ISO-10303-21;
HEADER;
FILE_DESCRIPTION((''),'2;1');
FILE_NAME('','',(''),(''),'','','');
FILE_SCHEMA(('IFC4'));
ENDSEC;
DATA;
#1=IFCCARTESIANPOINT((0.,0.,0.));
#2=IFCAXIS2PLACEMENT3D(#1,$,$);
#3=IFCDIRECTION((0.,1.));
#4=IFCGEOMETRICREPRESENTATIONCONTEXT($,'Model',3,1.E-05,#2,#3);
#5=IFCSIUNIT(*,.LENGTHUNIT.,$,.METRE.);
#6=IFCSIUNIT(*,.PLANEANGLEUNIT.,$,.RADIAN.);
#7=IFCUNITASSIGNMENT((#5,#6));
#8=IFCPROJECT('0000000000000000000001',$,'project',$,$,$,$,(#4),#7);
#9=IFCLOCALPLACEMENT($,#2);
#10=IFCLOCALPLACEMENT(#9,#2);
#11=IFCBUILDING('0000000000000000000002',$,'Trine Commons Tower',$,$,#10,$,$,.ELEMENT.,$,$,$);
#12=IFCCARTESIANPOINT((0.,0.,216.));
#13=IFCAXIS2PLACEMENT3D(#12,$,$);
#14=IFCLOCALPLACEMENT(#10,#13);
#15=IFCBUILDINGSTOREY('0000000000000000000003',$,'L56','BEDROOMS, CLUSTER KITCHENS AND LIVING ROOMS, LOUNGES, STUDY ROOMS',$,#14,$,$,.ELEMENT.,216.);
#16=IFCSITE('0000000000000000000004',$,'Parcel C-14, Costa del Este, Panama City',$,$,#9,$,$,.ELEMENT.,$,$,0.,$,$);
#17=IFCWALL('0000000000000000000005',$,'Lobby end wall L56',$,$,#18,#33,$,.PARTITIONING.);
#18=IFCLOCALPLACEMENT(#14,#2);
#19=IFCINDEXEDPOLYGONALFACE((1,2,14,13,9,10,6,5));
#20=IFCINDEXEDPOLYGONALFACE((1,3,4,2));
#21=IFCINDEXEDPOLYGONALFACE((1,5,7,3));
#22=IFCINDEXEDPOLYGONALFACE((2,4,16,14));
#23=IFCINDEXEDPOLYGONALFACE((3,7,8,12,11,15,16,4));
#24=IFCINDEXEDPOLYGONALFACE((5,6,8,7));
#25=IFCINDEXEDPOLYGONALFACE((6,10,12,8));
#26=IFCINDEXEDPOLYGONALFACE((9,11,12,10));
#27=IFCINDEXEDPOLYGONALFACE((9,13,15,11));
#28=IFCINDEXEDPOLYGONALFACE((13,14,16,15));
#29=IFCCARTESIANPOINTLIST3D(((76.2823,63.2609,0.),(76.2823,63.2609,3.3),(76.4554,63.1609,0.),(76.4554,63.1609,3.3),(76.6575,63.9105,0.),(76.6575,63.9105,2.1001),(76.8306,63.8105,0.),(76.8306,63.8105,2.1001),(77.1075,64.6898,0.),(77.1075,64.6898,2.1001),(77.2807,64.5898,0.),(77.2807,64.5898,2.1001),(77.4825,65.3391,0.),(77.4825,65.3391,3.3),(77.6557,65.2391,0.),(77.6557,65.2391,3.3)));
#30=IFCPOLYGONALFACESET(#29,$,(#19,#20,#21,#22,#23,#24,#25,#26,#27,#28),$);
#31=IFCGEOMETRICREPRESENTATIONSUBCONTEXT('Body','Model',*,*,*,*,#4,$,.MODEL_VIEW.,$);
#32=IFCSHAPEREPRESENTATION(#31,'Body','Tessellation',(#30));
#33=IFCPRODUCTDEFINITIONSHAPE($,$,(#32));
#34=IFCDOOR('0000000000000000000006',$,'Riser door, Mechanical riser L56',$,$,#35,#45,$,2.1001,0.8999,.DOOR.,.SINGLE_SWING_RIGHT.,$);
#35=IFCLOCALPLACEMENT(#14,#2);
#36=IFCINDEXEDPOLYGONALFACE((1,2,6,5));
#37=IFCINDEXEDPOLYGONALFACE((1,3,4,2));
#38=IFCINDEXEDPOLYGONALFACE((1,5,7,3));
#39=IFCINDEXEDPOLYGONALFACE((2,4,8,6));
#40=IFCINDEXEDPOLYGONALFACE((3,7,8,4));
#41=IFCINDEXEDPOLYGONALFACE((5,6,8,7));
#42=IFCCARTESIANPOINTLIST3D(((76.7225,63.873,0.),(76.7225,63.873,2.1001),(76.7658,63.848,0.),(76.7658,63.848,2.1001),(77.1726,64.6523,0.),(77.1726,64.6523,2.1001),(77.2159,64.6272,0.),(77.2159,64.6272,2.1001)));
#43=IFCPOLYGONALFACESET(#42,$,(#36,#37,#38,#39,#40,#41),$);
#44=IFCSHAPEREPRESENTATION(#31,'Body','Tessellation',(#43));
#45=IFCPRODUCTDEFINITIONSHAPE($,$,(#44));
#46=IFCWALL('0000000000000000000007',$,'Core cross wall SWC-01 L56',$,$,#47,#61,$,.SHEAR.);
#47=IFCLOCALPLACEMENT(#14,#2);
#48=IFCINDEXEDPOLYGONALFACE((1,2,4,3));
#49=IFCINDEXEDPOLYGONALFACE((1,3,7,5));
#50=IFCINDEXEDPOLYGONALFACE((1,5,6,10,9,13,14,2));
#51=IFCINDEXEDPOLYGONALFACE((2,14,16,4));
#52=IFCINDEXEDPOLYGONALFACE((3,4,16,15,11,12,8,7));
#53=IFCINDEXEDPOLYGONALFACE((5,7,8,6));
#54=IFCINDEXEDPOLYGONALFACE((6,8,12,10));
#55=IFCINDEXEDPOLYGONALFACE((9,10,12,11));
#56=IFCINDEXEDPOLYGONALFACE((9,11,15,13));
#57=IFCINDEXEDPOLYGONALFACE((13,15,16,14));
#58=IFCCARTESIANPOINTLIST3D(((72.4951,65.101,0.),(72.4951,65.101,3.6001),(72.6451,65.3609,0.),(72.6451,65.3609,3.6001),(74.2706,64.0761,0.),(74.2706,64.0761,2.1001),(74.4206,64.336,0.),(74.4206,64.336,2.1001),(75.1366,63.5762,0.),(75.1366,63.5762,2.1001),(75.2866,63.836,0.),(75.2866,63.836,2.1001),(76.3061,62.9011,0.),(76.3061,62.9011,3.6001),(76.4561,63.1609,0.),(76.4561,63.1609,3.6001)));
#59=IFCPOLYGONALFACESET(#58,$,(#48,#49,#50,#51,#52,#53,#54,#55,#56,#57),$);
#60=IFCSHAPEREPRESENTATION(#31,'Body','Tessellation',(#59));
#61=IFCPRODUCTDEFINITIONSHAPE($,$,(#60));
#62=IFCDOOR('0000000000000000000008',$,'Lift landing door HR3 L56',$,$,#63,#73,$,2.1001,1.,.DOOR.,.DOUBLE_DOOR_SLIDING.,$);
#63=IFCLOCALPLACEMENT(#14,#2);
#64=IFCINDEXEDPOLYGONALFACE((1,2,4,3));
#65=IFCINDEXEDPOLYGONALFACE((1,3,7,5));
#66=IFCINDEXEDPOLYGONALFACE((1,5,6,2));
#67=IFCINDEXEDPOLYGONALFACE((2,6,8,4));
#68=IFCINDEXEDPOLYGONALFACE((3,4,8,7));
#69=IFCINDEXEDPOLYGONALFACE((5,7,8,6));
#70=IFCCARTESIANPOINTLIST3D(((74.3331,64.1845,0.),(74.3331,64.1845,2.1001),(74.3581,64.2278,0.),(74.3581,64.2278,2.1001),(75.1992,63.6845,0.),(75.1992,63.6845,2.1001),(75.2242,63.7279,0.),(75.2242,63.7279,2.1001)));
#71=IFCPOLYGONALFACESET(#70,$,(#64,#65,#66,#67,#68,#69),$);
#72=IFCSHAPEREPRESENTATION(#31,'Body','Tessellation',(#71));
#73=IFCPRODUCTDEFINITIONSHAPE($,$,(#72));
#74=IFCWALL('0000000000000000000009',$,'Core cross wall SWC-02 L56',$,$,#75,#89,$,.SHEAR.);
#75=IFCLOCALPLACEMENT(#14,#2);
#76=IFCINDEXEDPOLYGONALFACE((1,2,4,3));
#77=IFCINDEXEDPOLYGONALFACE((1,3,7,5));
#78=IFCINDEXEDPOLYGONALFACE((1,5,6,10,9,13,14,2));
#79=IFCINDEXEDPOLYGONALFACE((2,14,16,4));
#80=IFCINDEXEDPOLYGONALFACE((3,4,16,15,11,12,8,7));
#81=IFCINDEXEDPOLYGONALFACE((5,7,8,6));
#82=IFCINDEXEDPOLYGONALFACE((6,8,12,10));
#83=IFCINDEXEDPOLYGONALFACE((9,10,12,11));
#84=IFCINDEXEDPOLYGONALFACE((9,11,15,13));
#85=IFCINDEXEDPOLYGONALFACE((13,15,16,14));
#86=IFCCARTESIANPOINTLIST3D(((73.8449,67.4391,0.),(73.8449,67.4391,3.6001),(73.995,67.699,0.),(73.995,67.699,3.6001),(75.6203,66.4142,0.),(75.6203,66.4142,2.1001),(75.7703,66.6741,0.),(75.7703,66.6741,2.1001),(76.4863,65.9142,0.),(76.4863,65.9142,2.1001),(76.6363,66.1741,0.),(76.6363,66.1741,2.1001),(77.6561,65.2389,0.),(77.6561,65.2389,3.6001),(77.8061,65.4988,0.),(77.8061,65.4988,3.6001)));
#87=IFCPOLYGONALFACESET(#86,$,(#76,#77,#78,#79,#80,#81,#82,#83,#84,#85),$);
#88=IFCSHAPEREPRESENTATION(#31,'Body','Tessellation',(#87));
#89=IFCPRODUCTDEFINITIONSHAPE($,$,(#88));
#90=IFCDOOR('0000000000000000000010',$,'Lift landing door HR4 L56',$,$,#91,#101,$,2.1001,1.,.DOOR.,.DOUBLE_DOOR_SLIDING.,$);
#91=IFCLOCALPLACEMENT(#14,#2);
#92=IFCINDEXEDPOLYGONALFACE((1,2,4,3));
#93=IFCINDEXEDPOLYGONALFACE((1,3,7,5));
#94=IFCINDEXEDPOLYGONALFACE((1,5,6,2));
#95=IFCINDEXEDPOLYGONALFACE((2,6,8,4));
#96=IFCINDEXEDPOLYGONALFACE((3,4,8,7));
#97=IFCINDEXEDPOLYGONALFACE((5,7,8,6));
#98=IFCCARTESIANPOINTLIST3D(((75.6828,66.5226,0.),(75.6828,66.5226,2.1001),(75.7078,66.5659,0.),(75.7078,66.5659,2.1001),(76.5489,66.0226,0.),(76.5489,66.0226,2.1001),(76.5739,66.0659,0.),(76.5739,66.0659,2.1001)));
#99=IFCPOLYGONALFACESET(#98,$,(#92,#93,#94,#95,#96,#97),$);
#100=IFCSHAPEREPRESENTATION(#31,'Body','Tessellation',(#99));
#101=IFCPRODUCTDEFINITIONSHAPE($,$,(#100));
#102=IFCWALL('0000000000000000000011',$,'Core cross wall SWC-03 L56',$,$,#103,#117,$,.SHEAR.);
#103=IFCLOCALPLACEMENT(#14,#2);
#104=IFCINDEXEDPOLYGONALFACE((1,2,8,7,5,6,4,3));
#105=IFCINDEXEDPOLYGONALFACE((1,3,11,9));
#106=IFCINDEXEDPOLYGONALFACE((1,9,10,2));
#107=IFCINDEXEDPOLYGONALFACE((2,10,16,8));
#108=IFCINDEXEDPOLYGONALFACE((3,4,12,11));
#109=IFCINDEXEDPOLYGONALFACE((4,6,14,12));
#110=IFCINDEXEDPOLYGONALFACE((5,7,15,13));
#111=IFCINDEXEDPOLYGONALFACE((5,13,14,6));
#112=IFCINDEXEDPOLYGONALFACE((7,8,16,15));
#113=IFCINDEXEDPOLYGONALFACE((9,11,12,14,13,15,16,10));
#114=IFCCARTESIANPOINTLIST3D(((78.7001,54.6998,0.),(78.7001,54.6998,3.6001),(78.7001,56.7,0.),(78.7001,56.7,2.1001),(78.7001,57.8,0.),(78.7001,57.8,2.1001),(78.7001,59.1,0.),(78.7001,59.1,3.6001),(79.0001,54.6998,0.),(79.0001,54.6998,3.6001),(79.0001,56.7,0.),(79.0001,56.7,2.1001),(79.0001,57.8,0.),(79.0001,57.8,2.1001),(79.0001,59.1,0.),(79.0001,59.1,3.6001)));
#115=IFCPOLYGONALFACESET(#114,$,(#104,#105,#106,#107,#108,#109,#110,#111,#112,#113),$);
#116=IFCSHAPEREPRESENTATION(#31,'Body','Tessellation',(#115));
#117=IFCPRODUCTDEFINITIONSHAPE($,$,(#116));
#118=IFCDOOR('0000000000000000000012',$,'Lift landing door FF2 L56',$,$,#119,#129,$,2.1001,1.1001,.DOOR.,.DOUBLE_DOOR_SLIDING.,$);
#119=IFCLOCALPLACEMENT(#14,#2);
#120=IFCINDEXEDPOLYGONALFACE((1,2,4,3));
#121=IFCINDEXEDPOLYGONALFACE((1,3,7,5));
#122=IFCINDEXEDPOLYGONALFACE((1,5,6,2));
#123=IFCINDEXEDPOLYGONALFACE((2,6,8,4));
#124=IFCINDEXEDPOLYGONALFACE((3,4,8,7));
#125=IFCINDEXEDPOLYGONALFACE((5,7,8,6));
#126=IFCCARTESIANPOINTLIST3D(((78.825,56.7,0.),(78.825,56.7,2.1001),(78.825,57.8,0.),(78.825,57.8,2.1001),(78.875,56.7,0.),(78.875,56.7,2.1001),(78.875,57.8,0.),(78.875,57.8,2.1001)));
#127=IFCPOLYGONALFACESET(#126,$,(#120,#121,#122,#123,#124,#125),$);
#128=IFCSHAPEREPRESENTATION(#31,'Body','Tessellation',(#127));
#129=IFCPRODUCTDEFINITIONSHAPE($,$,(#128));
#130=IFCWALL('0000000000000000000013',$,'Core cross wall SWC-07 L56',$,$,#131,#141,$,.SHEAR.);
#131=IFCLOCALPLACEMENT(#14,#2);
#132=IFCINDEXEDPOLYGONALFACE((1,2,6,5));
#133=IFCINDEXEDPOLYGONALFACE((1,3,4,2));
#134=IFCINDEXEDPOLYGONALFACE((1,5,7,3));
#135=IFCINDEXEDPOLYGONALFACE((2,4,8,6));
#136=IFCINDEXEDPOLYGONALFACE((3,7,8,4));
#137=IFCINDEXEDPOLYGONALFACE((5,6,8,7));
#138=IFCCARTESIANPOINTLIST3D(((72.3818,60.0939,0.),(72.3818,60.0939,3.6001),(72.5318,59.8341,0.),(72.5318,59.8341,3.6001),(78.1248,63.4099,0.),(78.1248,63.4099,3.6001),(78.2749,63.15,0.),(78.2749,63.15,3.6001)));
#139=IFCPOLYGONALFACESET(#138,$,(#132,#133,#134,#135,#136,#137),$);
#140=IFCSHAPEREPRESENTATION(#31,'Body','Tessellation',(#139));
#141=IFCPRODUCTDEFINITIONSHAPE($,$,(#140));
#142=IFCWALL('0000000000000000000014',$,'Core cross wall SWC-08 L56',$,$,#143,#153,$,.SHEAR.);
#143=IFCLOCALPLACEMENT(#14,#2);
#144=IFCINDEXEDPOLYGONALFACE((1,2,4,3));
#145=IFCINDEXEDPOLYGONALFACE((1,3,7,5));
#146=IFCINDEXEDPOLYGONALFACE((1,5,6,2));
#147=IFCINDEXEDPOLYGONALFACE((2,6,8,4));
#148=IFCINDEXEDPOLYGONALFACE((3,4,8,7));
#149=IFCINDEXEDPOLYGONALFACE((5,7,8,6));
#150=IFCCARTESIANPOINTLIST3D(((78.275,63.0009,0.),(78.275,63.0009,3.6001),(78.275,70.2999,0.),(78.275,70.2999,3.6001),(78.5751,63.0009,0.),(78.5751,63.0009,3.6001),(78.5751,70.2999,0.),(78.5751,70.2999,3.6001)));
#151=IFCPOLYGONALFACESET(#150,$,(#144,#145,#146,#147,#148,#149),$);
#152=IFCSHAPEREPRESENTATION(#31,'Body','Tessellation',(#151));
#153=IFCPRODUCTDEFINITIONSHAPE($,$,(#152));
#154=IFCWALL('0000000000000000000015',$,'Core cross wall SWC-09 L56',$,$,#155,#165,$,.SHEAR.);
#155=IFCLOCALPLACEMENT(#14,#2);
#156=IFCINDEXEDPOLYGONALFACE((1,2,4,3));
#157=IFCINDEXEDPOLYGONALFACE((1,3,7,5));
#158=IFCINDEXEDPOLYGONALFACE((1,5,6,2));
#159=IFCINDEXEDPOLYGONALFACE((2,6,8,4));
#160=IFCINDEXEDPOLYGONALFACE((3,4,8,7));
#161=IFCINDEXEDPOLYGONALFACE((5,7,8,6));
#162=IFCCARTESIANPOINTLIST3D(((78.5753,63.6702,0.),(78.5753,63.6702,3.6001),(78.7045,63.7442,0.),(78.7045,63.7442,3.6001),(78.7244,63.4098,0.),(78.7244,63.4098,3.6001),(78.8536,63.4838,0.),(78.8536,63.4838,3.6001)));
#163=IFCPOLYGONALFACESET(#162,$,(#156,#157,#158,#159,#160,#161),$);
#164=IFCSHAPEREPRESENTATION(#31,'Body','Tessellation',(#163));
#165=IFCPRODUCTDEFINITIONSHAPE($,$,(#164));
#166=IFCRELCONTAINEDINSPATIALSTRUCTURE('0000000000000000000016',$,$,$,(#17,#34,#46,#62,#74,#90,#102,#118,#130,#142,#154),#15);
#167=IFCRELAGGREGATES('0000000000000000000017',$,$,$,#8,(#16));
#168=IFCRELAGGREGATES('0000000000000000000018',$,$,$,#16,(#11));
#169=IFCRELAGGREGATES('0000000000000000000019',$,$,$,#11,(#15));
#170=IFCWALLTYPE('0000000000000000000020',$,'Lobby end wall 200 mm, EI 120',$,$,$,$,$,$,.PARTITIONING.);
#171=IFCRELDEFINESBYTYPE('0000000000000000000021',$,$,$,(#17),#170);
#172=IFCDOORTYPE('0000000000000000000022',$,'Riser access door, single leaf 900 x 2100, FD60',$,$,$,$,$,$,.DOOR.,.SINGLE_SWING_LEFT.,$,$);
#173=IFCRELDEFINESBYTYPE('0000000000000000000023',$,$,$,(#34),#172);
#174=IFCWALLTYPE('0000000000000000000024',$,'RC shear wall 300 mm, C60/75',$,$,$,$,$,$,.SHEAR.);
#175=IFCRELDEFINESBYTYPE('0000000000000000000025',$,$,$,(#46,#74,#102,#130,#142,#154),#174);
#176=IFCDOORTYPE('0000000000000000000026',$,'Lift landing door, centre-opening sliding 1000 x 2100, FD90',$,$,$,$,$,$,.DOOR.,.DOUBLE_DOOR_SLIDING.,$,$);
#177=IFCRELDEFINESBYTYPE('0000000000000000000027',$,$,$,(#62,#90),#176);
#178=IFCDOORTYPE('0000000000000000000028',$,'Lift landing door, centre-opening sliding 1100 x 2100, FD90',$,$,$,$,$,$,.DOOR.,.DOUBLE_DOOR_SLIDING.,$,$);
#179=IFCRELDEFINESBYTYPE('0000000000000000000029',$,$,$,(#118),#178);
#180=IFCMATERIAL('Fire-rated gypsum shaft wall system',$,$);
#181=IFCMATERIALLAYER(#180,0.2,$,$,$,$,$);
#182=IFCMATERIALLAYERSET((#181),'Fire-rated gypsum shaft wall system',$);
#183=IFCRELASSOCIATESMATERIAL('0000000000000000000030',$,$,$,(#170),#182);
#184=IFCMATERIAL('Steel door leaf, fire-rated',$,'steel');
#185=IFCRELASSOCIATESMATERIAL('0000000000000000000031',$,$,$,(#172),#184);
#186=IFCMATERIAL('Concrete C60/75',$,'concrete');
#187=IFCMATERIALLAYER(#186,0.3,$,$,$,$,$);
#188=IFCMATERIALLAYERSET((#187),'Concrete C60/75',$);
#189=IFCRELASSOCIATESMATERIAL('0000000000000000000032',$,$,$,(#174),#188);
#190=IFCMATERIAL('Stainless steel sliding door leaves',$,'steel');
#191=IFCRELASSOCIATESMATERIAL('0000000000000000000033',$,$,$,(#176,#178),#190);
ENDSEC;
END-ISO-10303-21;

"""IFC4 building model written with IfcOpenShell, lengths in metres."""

from ifc_helpers import new_model, si_unit, direction, frame, frame_2d, origin, place, context, subcontext, project, spatial, rectangle, extrude, material, layer, layer_set, type_object, element, fill, save


model = new_model("IFC4")

# Units and contexts
model_context = context("Model", 3, precision=1e-05, world=origin(), true_north=direction((0.0, 1.0)))
body_context = subcontext(model_context, "Body", "Model", "MODEL_VIEW")
ifc_project = project(units=[si_unit("LENGTHUNIT", "METRE"), si_unit("PLANEANGLEUNIT", "RADIAN")], contexts=[model_context])

# Site, building, storey
site_placement = place(None, origin())
site = spatial("IfcSite", under=ifc_project, at=site_placement, Name="Parcel C-14, Costa del Este, Panama City", CompositionType="ELEMENT", RefElevation=0.0)
building_placement = place(site_placement, origin())
building = spatial("IfcBuilding", under=site, at=building_placement, Name="Trine Commons Tower", CompositionType="ELEMENT")
storey_placement = place(building_placement, frame((0.0, 0.0, 216.0)))
storey = spatial("IfcBuildingStorey", under=building, at=storey_placement, Name="L56", Description="BEDROOMS, CLUSTER KITCHENS AND LIVING ROOMS, LOUNGES, STUDY ROOMS", CompositionType="ELEMENT", Elevation=216.0)

# Walls, openings, doors
ifc_material_1 = material(Name="Fire-rated gypsum shaft wall system")
ifc_layer_1 = layer(ifc_material_1, 0.2)
ifc_layer_set_1 = layer_set([ifc_layer_1], Name="Fire-rated gypsum shaft wall system")
wall_type_1 = type_object("IfcWallType", Name="Lobby end wall 200 mm, EI 120", PredefinedType="PARTITIONING", material=ifc_layer_set_1)
wall_1_placement = place(storey_placement, frame((77.5691, 65.2891, 0.0), z_axis=(0.0, 0.0, 1.0), x_axis=(-0.500122, -0.865955, 0.0)))
wall_1 = element("IfcWall", 1, at=wall_1_placement, inside=storey, type_object=wall_type_1, Name="Lobby end wall L56", PredefinedType="PARTITIONING", context=body_context, shape_type="SweptSolid", body=[
    extrude(rectangle(XDim=2.3999, YDim=0.2, at=frame_2d((1.2, 0.0))), origin(), (0.0, 0.0, 1.0), 3.3),
])
opening_1_placement = place(wall_1_placement, frame((0.7498, 0.0, 0.0)))
opening_1 = element("IfcOpeningElement", 2, at=opening_1_placement, cuts=wall_1, PredefinedType="OPENING", context=body_context, shape_type="SweptSolid", body=[
    extrude(rectangle(XDim=0.8999, YDim=2.1001, at=frame_2d((0.45, 1.05))), frame((0.0, 0.1099, 0.0), z_axis=(0.0, -1.0, 0.0), x_axis=(1.0, 0.0, 0.0)), (0.0, 0.0, 1.0), 0.22),
])
ifc_material_2 = material(Name="Steel door leaf, fire-rated", Category="steel")
door_type_1 = type_object("IfcDoorType", Name="Riser access door, single leaf 900 x 2100, FD60", OperationType="SINGLE_SWING_LEFT", PredefinedType="DOOR", material=ifc_material_2)
door_1_placement = place(opening_1_placement, frame((0.8999, 0.0, 0.0), z_axis=(0.0, 0.0, 1.0), x_axis=(-1.0, 0.0, 0.0)))
door_1 = element("IfcDoor", 3, at=door_1_placement, inside=storey, type_object=door_type_1, Name="Riser door, Mechanical riser L56", OperationType="SINGLE_SWING_RIGHT", OverallHeight=2.1001, OverallWidth=0.8999, PredefinedType="DOOR", context=body_context, shape_type="SweptSolid", body=[
    extrude(rectangle(XDim=0.8999, YDim=2.1001, at=frame_2d((0.45, 1.05))), frame((0.0, 0.0249, 0.0), z_axis=(0.0, -1.0, 0.0), x_axis=(1.0, 0.0, 0.0)), (0.0, 0.0, 1.0), 0.05),
])
fill(opening_1, door_1)
ifc_material_3 = material(Name="Concrete C60/75", Category="concrete")
ifc_layer_2 = layer(ifc_material_3, 0.3)
ifc_layer_set_2 = layer_set([ifc_layer_2], Name="Concrete C60/75")
wall_type_2 = type_object("IfcWallType", Name="RC shear wall 300 mm, C60/75", PredefinedType="SHEAR", material=ifc_layer_set_2)
wall_2_placement = place(storey_placement, frame((76.3811, 63.031, 0.0), z_axis=(0.0, 0.0, 1.0), x_axis=(-0.86606, 0.49994, 0.0)))
wall_2 = element("IfcWall", 4, at=wall_2_placement, inside=storey, type_object=wall_type_2, Name="Core cross wall SWC-01 L56", PredefinedType="SHEAR", context=body_context, shape_type="SweptSolid", body=[
    extrude(rectangle(XDim=4.4004, YDim=0.3, at=frame_2d((2.2002, 0.0))), origin(), (0.0, 0.0, 1.0), 3.6001),
])
opening_2_placement = place(wall_2_placement, frame((1.3503, 0.0, 0.0)))
opening_2 = element("IfcOpeningElement", 5, at=opening_2_placement, cuts=wall_2, PredefinedType="OPENING", context=body_context, shape_type="SweptSolid", body=[
    extrude(rectangle(XDim=1.0, YDim=2.1001, at=frame_2d((0.5, 1.05))), frame((0.0, 0.1599, 0.0), z_axis=(0.0, -1.0, 0.0), x_axis=(1.0, 0.0, 0.0)), (0.0, 0.0, 1.0), 0.3201),
])
ifc_material_4 = material(Name="Stainless steel sliding door leaves", Category="steel")
door_type_2 = type_object("IfcDoorType", Name="Lift landing door, centre-opening sliding 1000 x 2100, FD90", OperationType="DOUBLE_DOOR_SLIDING", PredefinedType="DOOR", material=ifc_material_4)
door_2_placement = place(opening_2_placement, origin())
door_2 = element("IfcDoor", 6, at=door_2_placement, inside=storey, type_object=door_type_2, Name="Lift landing door HR3 L56", OperationType="DOUBLE_DOOR_SLIDING", OverallHeight=2.1001, OverallWidth=1.0, PredefinedType="DOOR", context=body_context, shape_type="SweptSolid", body=[
    extrude(rectangle(XDim=1.0, YDim=2.1001, at=frame_2d((0.5, 1.05))), frame((0.0, 0.0249, 0.0), z_axis=(0.0, -1.0, 0.0), x_axis=(1.0, 0.0, 0.0)), (0.0, 0.0, 1.0), 0.05),
])
fill(opening_2, door_2)
wall_3_placement = place(storey_placement, frame((77.731, 65.3689, 0.0), z_axis=(0.0, 0.0, 1.0), x_axis=(-0.866036, 0.499982, 0.0)))
wall_3 = element("IfcWall", 7, at=wall_3_placement, inside=storey, type_object=wall_type_2, Name="Core cross wall SWC-02 L56", PredefinedType="SHEAR", context=body_context, shape_type="SweptSolid", body=[
    extrude(rectangle(XDim=4.4006, YDim=0.3, at=frame_2d((2.2002, 0.0))), origin(), (0.0, 0.0, 1.0), 3.6001),
])
opening_3_placement = place(wall_3_placement, frame((1.3506, 0.0, 0.0)))
opening_3 = element("IfcOpeningElement", 8, at=opening_3_placement, cuts=wall_3, PredefinedType="OPENING", context=body_context, shape_type="SweptSolid", body=[
    extrude(rectangle(XDim=1.0, YDim=2.1001, at=frame_2d((0.5, 1.05))), frame((0.0, 0.1599, 0.0), z_axis=(0.0, -1.0, 0.0), x_axis=(1.0, 0.0, 0.0)), (0.0, 0.0, 1.0), 0.3201),
])
door_3_placement = place(opening_3_placement, origin())
door_3 = element("IfcDoor", 9, at=door_3_placement, inside=storey, type_object=door_type_2, Name="Lift landing door HR4 L56", OperationType="DOUBLE_DOOR_SLIDING", OverallHeight=2.1001, OverallWidth=1.0, PredefinedType="DOOR", context=body_context, shape_type="SweptSolid", body=[
    extrude(rectangle(XDim=1.0, YDim=2.1001, at=frame_2d((0.5, 1.05))), frame((0.0, 0.0249, 0.0), z_axis=(0.0, -1.0, 0.0), x_axis=(1.0, 0.0, 0.0)), (0.0, 0.0, 1.0), 0.05),
])
fill(opening_3, door_3)
wall_4_placement = place(storey_placement, frame((78.8501, 59.1001, 0.0), z_axis=(0.0, 0.0, 1.0), x_axis=(0.0, -1.0, 0.0)))
wall_4 = element("IfcWall", 10, at=wall_4_placement, inside=storey, type_object=wall_type_2, Name="Core cross wall SWC-03 L56", PredefinedType="SHEAR", context=body_context, shape_type="SweptSolid", body=[
    extrude(rectangle(XDim=4.4001, YDim=0.3, at=frame_2d((2.2002, 0.0))), origin(), (0.0, 0.0, 1.0), 3.6001),
])
opening_4_placement = place(wall_4_placement, frame((1.3, 0.0, 0.0)))
opening_4 = element("IfcOpeningElement", 11, at=opening_4_placement, cuts=wall_4, PredefinedType="OPENING", context=body_context, shape_type="SweptSolid", body=[
    extrude(rectangle(XDim=1.1001, YDim=2.1001, at=frame_2d((0.55, 1.05))), frame((0.0, 0.1599, 0.0), z_axis=(0.0, -1.0, 0.0), x_axis=(1.0, 0.0, 0.0)), (0.0, 0.0, 1.0), 0.3201),
])
door_type_3 = type_object("IfcDoorType", Name="Lift landing door, centre-opening sliding 1100 x 2100, FD90", OperationType="DOUBLE_DOOR_SLIDING", PredefinedType="DOOR", material=ifc_material_4)
door_4_placement = place(opening_4_placement, origin())
door_4 = element("IfcDoor", 12, at=door_4_placement, inside=storey, type_object=door_type_3, Name="Lift landing door FF2 L56", OperationType="DOUBLE_DOOR_SLIDING", OverallHeight=2.1001, OverallWidth=1.1001, PredefinedType="DOOR", context=body_context, shape_type="SweptSolid", body=[
    extrude(rectangle(XDim=1.1001, YDim=2.1001, at=frame_2d((0.55, 1.05))), frame((0.0, 0.0249, 0.0), z_axis=(0.0, -1.0, 0.0), x_axis=(1.0, 0.0, 0.0)), (0.0, 0.0, 1.0), 0.05),
])
fill(opening_4, door_4)

# Walls
wall_5_placement = place(storey_placement, frame((78.2, 63.28, 0.0), z_axis=(0.0, 0.0, 1.0), x_axis=(-0.86601, -0.500027, 0.0)))
element("IfcWall", 13, at=wall_5_placement, inside=storey, type_object=wall_type_2, Name="Core cross wall SWC-07 L56", PredefinedType="SHEAR", context=body_context, shape_type="SweptSolid", body=[
    extrude(rectangle(XDim=6.6316, YDim=0.3, at=frame_2d((3.3159, 0.0))), origin(), (0.0, 0.0, 1.0), 3.6001),
])
wall_6_placement = place(storey_placement, frame((78.425, 63.001, 0.0), z_axis=(0.0, 0.0, 1.0), x_axis=(0.0, 1.0, 0.0)))
element("IfcWall", 14, at=wall_6_placement, inside=storey, type_object=wall_type_2, Name="Core cross wall SWC-08 L56", PredefinedType="SHEAR", context=body_context, shape_type="SweptSolid", body=[
    extrude(rectangle(XDim=7.2991, YDim=0.3, at=frame_2d((3.6494, 0.0))), origin(), (0.0, 0.0, 1.0), 3.6001),
])
wall_7_placement = place(storey_placement, frame((78.7791, 63.614, 0.0), z_axis=(0.0, 0.0, 1.0), x_axis=(-0.867738, -0.497022, 0.0)))
element("IfcWall", 15, at=wall_7_placement, inside=storey, type_object=wall_type_2, Name="Core cross wall SWC-09 L56", PredefinedType="SHEAR", context=body_context, shape_type="SweptSolid", body=[
    extrude(rectangle(XDim=0.1489, YDim=0.3, at=frame_2d((0.0745, 0.0))), origin(), (0.0, 0.0, 1.0), 3.6001),
])

save(model, "model.ifc")
